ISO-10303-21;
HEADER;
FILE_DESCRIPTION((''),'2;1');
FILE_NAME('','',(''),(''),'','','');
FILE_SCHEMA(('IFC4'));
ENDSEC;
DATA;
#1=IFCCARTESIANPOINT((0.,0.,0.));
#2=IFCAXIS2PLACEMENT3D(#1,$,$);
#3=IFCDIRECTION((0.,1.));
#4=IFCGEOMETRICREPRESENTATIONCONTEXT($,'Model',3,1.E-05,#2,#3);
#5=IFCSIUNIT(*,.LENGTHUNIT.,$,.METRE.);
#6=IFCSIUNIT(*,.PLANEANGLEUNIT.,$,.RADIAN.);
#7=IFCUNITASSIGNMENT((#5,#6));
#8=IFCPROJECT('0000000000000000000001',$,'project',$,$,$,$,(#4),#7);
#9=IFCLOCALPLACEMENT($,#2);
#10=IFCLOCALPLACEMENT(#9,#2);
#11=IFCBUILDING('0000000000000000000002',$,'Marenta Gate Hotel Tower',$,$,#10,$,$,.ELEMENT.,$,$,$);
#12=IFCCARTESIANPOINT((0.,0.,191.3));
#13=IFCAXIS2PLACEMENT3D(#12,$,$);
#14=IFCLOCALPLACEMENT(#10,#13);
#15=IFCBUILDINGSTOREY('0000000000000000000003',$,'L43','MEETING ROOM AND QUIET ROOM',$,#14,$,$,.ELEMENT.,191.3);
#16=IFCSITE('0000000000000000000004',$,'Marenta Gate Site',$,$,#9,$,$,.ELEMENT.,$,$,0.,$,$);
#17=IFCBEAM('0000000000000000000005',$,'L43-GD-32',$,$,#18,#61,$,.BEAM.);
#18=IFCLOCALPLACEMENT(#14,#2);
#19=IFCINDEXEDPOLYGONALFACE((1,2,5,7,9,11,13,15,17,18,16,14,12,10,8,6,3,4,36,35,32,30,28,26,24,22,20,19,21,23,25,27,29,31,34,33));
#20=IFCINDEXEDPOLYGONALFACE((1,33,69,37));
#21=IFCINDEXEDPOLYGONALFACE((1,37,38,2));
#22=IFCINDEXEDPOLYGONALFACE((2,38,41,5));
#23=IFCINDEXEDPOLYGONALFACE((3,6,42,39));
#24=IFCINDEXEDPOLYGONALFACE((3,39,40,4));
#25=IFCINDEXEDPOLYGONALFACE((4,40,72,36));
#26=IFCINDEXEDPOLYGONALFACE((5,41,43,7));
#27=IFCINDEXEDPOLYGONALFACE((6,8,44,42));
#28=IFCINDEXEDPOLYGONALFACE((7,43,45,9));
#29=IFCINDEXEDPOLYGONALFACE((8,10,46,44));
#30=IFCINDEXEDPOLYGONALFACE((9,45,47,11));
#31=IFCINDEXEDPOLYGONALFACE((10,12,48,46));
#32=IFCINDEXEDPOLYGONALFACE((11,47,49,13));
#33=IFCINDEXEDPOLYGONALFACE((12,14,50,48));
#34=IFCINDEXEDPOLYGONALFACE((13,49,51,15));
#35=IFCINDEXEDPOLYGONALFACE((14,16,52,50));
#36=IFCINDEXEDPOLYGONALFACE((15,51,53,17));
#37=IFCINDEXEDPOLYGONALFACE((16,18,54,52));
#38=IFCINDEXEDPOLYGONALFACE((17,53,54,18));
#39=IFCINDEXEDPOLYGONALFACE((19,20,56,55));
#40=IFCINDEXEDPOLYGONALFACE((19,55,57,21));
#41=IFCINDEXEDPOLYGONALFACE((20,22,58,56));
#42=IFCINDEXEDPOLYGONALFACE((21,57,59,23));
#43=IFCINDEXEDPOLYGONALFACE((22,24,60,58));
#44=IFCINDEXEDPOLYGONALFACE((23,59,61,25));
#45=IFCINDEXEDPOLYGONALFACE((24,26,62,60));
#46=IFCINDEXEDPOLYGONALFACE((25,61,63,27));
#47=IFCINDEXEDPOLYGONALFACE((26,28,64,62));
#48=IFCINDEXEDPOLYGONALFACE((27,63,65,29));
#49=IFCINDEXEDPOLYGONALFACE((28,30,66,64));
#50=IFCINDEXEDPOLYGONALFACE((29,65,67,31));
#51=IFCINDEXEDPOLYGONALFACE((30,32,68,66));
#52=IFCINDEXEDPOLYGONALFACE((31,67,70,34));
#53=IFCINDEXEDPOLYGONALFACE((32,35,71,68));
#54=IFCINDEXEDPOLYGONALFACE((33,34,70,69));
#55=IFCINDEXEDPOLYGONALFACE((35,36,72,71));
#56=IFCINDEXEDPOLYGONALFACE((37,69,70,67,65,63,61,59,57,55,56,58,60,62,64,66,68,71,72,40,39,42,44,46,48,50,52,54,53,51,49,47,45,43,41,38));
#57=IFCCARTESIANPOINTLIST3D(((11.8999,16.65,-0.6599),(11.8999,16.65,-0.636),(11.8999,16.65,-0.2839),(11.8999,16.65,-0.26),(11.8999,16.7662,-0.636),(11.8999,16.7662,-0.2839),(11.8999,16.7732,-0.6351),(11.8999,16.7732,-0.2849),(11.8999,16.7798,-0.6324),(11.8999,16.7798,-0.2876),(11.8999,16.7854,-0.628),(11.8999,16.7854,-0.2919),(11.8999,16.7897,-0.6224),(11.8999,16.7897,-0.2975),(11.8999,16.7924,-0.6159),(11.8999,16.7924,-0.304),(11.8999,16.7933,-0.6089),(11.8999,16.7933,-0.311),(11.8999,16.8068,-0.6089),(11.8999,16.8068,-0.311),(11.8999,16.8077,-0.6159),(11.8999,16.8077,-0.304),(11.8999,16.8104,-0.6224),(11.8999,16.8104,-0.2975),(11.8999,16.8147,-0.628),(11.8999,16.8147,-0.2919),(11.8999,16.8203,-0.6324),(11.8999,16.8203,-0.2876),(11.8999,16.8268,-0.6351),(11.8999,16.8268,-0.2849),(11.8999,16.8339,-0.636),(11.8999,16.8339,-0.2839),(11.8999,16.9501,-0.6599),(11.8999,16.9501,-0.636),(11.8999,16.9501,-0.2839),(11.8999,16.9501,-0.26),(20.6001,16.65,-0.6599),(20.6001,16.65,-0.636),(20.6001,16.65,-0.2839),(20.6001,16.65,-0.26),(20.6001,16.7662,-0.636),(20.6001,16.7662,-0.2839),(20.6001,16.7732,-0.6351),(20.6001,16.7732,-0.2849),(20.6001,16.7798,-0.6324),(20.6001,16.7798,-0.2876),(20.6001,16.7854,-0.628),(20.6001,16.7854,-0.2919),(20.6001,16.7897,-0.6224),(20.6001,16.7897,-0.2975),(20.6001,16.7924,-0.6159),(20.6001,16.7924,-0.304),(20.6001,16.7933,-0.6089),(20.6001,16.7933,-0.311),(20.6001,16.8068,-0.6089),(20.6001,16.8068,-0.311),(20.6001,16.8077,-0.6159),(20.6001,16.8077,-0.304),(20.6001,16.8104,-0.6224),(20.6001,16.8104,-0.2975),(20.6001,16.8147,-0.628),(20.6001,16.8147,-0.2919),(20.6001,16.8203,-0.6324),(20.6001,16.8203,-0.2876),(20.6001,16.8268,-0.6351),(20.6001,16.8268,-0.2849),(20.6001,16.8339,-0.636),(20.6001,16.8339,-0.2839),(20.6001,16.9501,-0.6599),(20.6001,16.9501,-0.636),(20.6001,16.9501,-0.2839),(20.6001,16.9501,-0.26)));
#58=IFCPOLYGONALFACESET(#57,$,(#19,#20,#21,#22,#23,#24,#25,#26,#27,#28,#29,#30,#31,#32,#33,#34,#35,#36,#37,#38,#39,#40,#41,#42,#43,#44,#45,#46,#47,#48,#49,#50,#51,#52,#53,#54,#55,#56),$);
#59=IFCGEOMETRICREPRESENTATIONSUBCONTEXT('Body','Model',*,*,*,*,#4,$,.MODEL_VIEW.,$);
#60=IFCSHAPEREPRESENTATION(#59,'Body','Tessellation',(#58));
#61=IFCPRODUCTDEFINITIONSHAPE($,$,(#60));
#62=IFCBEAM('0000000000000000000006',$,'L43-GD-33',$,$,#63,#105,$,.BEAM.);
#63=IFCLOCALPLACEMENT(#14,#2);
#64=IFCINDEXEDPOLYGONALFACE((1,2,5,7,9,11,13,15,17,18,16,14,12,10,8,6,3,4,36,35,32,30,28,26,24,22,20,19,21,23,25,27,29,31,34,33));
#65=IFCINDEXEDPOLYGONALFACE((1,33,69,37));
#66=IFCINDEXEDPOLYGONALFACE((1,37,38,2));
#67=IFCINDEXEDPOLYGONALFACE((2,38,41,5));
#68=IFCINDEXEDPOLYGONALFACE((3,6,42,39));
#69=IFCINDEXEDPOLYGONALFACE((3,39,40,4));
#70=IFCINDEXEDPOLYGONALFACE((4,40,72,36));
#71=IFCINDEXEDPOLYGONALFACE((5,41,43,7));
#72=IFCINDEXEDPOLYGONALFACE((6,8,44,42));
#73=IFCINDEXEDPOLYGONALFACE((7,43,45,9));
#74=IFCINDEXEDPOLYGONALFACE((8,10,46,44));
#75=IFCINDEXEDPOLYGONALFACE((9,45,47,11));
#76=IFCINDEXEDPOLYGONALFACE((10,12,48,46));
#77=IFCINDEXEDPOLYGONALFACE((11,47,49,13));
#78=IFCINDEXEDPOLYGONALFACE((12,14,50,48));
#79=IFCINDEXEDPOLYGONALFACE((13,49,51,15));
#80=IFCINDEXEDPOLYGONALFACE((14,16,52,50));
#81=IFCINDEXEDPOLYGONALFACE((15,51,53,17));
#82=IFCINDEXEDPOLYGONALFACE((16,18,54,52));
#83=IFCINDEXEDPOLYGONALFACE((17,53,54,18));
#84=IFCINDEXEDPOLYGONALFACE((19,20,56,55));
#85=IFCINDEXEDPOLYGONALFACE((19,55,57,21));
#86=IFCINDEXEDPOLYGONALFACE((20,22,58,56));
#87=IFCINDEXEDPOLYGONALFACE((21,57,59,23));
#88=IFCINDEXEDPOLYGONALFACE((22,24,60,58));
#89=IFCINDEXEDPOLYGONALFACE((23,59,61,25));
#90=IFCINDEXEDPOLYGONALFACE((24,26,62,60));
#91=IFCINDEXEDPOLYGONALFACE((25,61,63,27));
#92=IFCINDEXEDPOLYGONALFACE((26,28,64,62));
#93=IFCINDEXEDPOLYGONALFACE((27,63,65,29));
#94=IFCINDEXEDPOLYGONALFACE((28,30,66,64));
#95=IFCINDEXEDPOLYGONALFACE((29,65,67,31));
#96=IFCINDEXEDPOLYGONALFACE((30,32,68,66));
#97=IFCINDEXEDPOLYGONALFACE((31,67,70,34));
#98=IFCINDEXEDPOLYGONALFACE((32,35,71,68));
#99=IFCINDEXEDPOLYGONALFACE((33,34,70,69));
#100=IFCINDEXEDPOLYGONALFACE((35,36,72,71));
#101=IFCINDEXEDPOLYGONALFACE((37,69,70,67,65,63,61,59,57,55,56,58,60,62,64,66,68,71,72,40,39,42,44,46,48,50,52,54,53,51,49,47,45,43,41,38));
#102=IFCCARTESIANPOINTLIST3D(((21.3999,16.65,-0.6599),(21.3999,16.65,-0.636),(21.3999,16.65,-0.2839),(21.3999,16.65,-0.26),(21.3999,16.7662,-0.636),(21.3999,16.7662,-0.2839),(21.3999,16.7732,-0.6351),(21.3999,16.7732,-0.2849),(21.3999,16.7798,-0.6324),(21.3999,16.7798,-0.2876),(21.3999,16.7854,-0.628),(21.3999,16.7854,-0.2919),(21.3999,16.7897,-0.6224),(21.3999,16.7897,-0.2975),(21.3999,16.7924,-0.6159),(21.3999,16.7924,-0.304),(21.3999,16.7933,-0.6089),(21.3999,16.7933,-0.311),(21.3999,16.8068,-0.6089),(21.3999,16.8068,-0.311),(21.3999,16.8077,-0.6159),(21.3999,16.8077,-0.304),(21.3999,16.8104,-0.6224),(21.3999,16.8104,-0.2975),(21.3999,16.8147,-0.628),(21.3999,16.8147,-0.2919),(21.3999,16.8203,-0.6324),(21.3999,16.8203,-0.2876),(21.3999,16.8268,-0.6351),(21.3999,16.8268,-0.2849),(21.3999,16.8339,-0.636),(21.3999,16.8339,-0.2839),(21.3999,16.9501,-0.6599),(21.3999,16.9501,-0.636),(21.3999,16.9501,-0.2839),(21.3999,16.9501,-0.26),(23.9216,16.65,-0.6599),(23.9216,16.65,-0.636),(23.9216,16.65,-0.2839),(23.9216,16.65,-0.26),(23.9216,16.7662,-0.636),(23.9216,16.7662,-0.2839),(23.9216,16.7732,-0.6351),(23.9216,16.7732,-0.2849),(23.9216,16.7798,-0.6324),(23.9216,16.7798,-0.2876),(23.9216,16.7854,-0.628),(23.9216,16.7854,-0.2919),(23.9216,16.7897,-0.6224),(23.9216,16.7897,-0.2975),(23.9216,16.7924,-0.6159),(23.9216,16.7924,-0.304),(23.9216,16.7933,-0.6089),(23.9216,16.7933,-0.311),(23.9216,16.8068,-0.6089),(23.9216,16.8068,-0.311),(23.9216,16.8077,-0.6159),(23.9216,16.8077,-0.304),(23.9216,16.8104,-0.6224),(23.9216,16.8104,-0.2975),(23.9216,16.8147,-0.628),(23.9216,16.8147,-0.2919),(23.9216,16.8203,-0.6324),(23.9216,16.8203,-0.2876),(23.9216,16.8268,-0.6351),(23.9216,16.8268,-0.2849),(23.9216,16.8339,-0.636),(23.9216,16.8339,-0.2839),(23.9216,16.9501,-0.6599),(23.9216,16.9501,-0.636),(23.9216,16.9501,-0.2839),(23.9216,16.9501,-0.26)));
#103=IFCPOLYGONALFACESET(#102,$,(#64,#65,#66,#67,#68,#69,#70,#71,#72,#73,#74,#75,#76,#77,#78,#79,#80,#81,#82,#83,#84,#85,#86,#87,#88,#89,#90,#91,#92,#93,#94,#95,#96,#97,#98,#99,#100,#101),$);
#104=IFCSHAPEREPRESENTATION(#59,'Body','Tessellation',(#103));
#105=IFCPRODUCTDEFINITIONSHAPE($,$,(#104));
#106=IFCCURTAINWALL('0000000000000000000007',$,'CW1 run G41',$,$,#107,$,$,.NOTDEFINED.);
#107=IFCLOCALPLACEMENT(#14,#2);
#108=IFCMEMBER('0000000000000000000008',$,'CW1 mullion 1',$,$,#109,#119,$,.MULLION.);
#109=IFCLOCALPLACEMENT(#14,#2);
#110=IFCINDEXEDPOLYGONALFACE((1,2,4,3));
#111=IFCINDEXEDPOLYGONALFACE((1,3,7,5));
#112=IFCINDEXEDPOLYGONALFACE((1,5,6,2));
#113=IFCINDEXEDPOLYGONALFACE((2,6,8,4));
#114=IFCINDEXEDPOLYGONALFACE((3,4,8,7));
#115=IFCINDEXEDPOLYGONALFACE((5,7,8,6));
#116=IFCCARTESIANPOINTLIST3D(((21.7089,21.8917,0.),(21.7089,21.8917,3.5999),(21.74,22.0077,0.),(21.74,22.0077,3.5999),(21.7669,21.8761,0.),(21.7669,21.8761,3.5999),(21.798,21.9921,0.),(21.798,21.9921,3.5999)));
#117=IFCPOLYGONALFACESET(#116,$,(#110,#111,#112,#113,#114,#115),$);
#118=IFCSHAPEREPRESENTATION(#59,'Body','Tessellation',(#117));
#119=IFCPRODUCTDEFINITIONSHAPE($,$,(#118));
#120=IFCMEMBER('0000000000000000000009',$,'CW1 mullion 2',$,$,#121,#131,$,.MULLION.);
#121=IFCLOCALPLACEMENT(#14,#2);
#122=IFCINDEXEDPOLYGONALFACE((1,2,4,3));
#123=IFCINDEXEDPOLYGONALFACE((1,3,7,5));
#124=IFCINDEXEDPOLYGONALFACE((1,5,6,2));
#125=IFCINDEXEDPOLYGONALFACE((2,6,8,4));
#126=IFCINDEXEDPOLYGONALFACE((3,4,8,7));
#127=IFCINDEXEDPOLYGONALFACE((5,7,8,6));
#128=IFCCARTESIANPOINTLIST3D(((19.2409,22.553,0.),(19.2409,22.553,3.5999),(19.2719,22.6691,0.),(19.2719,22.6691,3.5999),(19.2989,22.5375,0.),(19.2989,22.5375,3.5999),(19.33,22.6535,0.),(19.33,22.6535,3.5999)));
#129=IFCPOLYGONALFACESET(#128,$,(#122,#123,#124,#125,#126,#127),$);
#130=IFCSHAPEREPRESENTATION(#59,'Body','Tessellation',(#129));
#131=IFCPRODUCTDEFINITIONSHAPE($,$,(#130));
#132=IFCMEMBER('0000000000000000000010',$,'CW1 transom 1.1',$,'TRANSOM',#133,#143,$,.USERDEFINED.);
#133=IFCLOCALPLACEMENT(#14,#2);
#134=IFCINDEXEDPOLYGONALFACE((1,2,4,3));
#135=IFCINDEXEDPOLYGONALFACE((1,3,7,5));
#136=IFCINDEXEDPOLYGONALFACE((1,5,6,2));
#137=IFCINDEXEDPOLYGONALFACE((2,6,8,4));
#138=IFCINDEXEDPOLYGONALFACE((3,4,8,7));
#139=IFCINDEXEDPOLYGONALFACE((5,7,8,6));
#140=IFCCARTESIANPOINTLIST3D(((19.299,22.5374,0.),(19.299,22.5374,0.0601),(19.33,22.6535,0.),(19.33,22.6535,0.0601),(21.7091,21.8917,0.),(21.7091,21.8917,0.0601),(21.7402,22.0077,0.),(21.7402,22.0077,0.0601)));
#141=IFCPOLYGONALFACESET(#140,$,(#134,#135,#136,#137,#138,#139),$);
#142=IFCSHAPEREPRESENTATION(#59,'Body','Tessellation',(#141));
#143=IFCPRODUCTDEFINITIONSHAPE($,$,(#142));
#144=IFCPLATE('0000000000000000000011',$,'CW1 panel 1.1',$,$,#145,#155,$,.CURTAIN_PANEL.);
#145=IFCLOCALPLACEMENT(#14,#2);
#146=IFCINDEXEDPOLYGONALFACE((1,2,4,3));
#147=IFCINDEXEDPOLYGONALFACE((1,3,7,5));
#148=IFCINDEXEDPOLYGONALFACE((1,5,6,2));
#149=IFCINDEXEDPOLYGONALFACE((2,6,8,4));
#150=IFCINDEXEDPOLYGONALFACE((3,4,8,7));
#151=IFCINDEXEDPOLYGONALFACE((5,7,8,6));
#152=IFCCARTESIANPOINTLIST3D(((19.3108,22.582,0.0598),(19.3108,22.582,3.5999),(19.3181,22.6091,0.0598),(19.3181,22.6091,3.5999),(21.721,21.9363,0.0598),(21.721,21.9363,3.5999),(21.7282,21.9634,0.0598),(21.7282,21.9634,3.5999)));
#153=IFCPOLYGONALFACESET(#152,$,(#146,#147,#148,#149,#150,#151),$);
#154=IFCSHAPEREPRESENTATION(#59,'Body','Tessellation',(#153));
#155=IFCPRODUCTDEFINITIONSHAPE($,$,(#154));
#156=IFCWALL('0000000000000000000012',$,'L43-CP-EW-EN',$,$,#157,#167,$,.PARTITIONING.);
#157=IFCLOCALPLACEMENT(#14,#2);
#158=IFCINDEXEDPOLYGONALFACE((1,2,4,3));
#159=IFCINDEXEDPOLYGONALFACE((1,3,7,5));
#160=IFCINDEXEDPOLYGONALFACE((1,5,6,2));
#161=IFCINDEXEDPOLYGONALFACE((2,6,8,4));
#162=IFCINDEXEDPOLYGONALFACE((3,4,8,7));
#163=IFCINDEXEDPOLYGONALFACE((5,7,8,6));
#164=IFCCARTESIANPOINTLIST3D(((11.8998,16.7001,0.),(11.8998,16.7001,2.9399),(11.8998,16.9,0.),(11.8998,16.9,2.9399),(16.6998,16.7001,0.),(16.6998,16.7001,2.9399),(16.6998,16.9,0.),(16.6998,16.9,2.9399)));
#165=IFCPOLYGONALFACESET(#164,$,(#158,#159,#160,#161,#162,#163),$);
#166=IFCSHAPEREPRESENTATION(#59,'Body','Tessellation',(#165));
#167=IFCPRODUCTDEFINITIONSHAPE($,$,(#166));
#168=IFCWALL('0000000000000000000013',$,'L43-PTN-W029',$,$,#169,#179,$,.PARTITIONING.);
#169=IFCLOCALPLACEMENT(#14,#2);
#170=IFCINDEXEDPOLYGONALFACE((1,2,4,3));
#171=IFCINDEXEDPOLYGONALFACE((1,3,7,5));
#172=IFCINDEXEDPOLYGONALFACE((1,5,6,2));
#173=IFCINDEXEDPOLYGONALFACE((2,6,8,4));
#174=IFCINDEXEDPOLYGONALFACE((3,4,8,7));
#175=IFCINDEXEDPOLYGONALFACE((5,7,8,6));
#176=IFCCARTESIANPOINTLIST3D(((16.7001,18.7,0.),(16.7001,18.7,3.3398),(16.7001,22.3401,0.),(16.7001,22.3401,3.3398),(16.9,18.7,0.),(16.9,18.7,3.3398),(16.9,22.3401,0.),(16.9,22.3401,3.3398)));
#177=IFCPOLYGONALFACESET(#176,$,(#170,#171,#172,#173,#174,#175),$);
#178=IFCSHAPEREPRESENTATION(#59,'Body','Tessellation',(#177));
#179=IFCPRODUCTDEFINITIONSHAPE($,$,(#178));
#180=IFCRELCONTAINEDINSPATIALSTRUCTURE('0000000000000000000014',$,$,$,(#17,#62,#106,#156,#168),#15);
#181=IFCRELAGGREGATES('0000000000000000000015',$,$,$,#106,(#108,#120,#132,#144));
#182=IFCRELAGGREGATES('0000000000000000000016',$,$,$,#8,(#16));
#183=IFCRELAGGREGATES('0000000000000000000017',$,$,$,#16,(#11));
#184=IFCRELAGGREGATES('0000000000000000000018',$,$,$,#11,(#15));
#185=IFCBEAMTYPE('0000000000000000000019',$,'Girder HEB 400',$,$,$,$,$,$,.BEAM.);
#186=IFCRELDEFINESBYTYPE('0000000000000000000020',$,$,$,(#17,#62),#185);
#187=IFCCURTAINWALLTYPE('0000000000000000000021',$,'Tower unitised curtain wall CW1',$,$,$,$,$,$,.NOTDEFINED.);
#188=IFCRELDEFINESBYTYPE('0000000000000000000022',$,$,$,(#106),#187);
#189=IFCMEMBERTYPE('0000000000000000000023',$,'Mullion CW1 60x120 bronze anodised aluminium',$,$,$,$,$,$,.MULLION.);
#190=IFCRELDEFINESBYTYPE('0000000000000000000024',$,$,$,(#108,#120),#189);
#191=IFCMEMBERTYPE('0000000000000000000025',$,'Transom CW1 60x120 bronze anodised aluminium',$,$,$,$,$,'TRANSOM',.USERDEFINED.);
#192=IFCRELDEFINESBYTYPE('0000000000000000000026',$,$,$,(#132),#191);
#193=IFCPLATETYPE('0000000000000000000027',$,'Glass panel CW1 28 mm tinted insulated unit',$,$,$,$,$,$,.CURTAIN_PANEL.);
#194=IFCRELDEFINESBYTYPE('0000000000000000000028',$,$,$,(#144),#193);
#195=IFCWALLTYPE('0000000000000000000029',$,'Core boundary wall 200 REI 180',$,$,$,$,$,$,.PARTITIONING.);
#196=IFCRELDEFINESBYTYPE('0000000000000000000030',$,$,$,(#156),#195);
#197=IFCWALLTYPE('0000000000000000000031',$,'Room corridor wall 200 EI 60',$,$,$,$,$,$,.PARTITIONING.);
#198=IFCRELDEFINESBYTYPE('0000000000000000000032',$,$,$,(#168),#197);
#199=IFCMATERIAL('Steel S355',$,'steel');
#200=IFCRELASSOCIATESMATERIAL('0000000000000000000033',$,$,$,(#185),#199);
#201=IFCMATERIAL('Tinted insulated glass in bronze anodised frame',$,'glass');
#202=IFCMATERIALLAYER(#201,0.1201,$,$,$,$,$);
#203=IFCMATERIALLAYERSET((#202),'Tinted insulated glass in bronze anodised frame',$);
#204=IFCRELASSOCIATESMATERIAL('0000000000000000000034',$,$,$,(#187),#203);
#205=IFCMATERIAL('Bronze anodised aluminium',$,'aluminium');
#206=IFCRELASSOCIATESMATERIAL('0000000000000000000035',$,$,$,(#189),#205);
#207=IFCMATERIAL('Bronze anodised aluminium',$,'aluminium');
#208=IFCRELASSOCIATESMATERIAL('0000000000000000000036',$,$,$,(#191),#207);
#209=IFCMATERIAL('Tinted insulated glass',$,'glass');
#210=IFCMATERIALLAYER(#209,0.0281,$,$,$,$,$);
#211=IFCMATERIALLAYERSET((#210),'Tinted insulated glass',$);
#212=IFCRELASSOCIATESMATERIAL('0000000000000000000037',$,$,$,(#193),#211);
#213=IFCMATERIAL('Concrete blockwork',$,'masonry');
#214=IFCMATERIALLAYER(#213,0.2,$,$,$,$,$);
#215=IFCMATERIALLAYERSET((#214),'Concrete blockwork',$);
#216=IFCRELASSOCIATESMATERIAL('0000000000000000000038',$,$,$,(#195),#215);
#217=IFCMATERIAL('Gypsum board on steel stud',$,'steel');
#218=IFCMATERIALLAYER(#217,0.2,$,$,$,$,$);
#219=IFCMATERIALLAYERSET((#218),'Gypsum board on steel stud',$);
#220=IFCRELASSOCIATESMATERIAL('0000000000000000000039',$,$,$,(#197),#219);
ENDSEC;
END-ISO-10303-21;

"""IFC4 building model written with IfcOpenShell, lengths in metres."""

from ifc_helpers import new_model, si_unit, direction, frame, frame_2d, origin, origin_2d, place, context, subcontext, project, spatial, rectangle, i_section, extrude, material, layer, layer_set, material_profile, profile_set, type_object, element, aggregate, save


model = new_model("IFC4")

# Units and contexts
model_context = context("Model", 3, precision=1e-05, world=origin(), true_north=direction((0.0, 1.0)))
body_context = subcontext(model_context, "Body", "Model", "MODEL_VIEW")
ifc_project = project(units=[si_unit("LENGTHUNIT", "METRE"), si_unit("PLANEANGLEUNIT", "RADIAN")], contexts=[model_context])

# Site, building, storey
site_placement = place(None, origin())
site = spatial("IfcSite", under=ifc_project, at=site_placement, Name="Marenta Gate Site", CompositionType="ELEMENT", RefElevation=0.0)
building_placement = place(site_placement, origin())
building = spatial("IfcBuilding", under=site, at=building_placement, Name="Marenta Gate Hotel Tower", CompositionType="ELEMENT")
storey_placement = place(building_placement, frame((0.0, 0.0, 191.3)))
storey = spatial("IfcBuildingStorey", under=building, at=storey_placement, Name="L43", Description="MEETING ROOM AND QUIET ROOM", CompositionType="ELEMENT", Elevation=191.3)

# Beams
ifc_material_1 = material(Name="Steel S355", Category="steel")
ifc_material_profile_1 = material_profile(ifc_material_1, i_section(OverallWidth=0.3, OverallDepth=0.3999, WebThickness=0.0134, FlangeThickness=0.0239, FilletRadius=0.0271, at=origin_2d()), Name="HEB 400")
ifc_profile_set_1 = profile_set([ifc_material_profile_1], Name="Steel S355")
beam_type_1 = type_object("IfcBeamType", Name="Girder HEB 400", PredefinedType="BEAM", material=ifc_profile_set_1)
beam_1_placement = place(storey_placement, frame((11.8999, 16.8, -0.46), z_axis=(1.0, 0.0, 0.0), x_axis=(0.0, 1.0, 0.0)))
element("IfcBeam", 1, at=beam_1_placement, inside=storey, type_object=beam_type_1, Name="L43-GD-32", PredefinedType="BEAM", context=body_context, shape_type="SweptSolid", body=[
    extrude(i_section(OverallWidth=0.3, OverallDepth=0.3999, WebThickness=0.0134, FlangeThickness=0.0239, FilletRadius=0.0271, at=origin_2d()), origin(), (0.0, 0.0, 1.0), 8.7002),
])
beam_2_placement = place(storey_placement, frame((21.3999, 16.8, -0.46), z_axis=(1.0, 0.0, 0.0), x_axis=(0.0, 1.0, 0.0)))
element("IfcBeam", 2, at=beam_2_placement, inside=storey, type_object=beam_type_1, Name="L43-GD-33", PredefinedType="BEAM", context=body_context, shape_type="SweptSolid", body=[
    extrude(i_section(OverallWidth=0.3, OverallDepth=0.3999, WebThickness=0.0134, FlangeThickness=0.0239, FilletRadius=0.0271, at=origin_2d()), origin(), (0.0, 0.0, 1.0), 2.5217),
])

# Curtain wall, members, plate
ifc_material_2 = material(Name="Tinted insulated glass in bronze anodised frame", Category="glass")
ifc_layer_1 = layer(ifc_material_2, 0.1201)
ifc_layer_set_1 = layer_set([ifc_layer_1], Name="Tinted insulated glass in bronze anodised frame")
curtain_wall_type = type_object("IfcCurtainWallType", Name="Tower unitised curtain wall CW1", PredefinedType="NOTDEFINED", material=ifc_layer_set_1)
curtain_wall_placement = place(storey_placement, origin())
curtain_wall = element("IfcCurtainWall", 3, at=curtain_wall_placement, inside=storey, type_object=curtain_wall_type, Name="CW1 run G41", PredefinedType="NOTDEFINED")
ifc_material_3 = material(Name="Bronze anodised aluminium", Category="aluminium")
ifc_material_profile_2 = material_profile(ifc_material_3, rectangle(XDim=0.1201, YDim=0.0601, at=origin_2d()), Name="Mullion CW1 60x120 bronze anodised aluminium")
ifc_profile_set_2 = profile_set([ifc_material_profile_2], Name="Bronze anodised aluminium")
member_type_1 = type_object("IfcMemberType", Name="Mullion CW1 60x120 bronze anodised aluminium", PredefinedType="MULLION", material=ifc_profile_set_2)
member_1_placement = place(storey_placement, frame((21.7534, 21.9419, 0.0), z_axis=(0.0, 0.0, 1.0), x_axis=(-0.258805, -0.96593, 0.0)))
member_1 = element("IfcMember", 4, at=member_1_placement, type_object=member_type_1, Name="CW1 mullion 1", PredefinedType="MULLION", context=body_context, shape_type="SweptSolid", body=[
    extrude(rectangle(XDim=0.1201, YDim=0.0601, at=origin_2d()), origin(), (0.0, 0.0, 1.0), 3.5999),
])
member_2_placement = place(storey_placement, frame((19.2854, 22.6033, 0.0), z_axis=(0.0, 0.0, 1.0), x_axis=(-0.258805, -0.96593, 0.0)))
member_2 = element("IfcMember", 5, at=member_2_placement, type_object=member_type_1, Name="CW1 mullion 2", PredefinedType="MULLION", context=body_context, shape_type="SweptSolid", body=[
    extrude(rectangle(XDim=0.1201, YDim=0.0601, at=origin_2d()), origin(), (0.0, 0.0, 1.0), 3.5999),
])
ifc_material_4 = material(Name="Bronze anodised aluminium", Category="aluminium")
ifc_material_profile_3 = material_profile(ifc_material_4, rectangle(XDim=0.1201, YDim=0.0601, at=origin_2d()), Name="Transom CW1 60x120 bronze anodised aluminium")
ifc_profile_set_3 = profile_set([ifc_material_profile_3], Name="Bronze anodised aluminium")
member_type_2 = type_object("IfcMemberType", Name="Transom CW1 60x120 bronze anodised aluminium", ElementType="TRANSOM", PredefinedType="USERDEFINED", material=ifc_profile_set_3)
member_3_placement = place(storey_placement, frame((21.7246, 21.9497, 0.03), z_axis=(-0.965931, 0.258801, 0.0), x_axis=(-0.258801, -0.965931, 0.0)))
member_3 = element("IfcMember", 6, at=member_3_placement, type_object=member_type_2, Name="CW1 transom 1.1", ObjectType="TRANSOM", PredefinedType="USERDEFINED", context=body_context, shape_type="SweptSolid", body=[
    extrude(rectangle(XDim=0.1201, YDim=0.0601, at=origin_2d()), origin(), (0.0, 0.0, 1.0), 2.4951),
])
ifc_material_5 = material(Name="Tinted insulated glass", Category="glass")
ifc_layer_2 = layer(ifc_material_5, 0.0281)
ifc_layer_set_2 = layer_set([ifc_layer_2], Name="Tinted insulated glass")
plate_type = type_object("IfcPlateType", Name="Glass panel CW1 28 mm tinted insulated unit", PredefinedType="CURTAIN_PANEL", material=ifc_layer_set_2)
plate_placement = place(storey_placement, frame((20.5195, 22.2727, 0.0598), z_axis=(0.0, 0.0, 1.0), x_axis=(-0.96593, 0.258805, 0.0)))
plate = element("IfcPlate", 7, at=plate_placement, type_object=plate_type, Name="CW1 panel 1.1", PredefinedType="CURTAIN_PANEL", context=body_context, shape_type="SweptSolid", body=[
    extrude(rectangle(XDim=2.4951, YDim=0.0281, at=origin_2d()), origin(), (0.0, 0.0, 1.0), 3.54),
])
aggregate(curtain_wall, [member_1, member_2, member_3, plate])

# Walls
ifc_material_6 = material(Name="Concrete blockwork", Category="masonry")
ifc_layer_3 = layer(ifc_material_6, 0.2)
ifc_layer_set_3 = layer_set([ifc_layer_3], Name="Concrete blockwork")
wall_type_1 = type_object("IfcWallType", Name="Core boundary wall 200 REI 180", PredefinedType="PARTITIONING", material=ifc_layer_set_3)
wall_1_placement = place(storey_placement, frame((11.8999, 16.8, 0.0), z_axis=(0.0, 0.0, 1.0), x_axis=(1.0, 0.0, 0.0)))
element("IfcWall", 8, at=wall_1_placement, inside=storey, type_object=wall_type_1, Name="L43-CP-EW-EN", PredefinedType="PARTITIONING", context=body_context, shape_type="SweptSolid", body=[
    extrude(rectangle(XDim=4.8, YDim=0.2, at=frame_2d((2.3999, 0.0))), origin(), (0.0, 0.0, 1.0), 2.9399),
])
ifc_material_7 = material(Name="Gypsum board on steel stud", Category="steel")
ifc_layer_4 = layer(ifc_material_7, 0.2)
ifc_layer_set_4 = layer_set([ifc_layer_4], Name="Gypsum board on steel stud")
wall_type_2 = type_object("IfcWallType", Name="Room corridor wall 200 EI 60", PredefinedType="PARTITIONING", material=ifc_layer_set_4)
wall_2_placement = place(storey_placement, frame((16.8, 18.7, 0.0), z_axis=(0.0, 0.0, 1.0), x_axis=(0.0, 1.0, 0.0)))
element("IfcWall", 9, at=wall_2_placement, inside=storey, type_object=wall_type_2, Name="L43-PTN-W029", PredefinedType="PARTITIONING", context=body_context, shape_type="SweptSolid", body=[
    extrude(rectangle(XDim=3.6401, YDim=0.2, at=frame_2d((1.8201, 0.0))), origin(), (0.0, 0.0, 1.0), 3.3398),
])

save(model, "model.ifc")
